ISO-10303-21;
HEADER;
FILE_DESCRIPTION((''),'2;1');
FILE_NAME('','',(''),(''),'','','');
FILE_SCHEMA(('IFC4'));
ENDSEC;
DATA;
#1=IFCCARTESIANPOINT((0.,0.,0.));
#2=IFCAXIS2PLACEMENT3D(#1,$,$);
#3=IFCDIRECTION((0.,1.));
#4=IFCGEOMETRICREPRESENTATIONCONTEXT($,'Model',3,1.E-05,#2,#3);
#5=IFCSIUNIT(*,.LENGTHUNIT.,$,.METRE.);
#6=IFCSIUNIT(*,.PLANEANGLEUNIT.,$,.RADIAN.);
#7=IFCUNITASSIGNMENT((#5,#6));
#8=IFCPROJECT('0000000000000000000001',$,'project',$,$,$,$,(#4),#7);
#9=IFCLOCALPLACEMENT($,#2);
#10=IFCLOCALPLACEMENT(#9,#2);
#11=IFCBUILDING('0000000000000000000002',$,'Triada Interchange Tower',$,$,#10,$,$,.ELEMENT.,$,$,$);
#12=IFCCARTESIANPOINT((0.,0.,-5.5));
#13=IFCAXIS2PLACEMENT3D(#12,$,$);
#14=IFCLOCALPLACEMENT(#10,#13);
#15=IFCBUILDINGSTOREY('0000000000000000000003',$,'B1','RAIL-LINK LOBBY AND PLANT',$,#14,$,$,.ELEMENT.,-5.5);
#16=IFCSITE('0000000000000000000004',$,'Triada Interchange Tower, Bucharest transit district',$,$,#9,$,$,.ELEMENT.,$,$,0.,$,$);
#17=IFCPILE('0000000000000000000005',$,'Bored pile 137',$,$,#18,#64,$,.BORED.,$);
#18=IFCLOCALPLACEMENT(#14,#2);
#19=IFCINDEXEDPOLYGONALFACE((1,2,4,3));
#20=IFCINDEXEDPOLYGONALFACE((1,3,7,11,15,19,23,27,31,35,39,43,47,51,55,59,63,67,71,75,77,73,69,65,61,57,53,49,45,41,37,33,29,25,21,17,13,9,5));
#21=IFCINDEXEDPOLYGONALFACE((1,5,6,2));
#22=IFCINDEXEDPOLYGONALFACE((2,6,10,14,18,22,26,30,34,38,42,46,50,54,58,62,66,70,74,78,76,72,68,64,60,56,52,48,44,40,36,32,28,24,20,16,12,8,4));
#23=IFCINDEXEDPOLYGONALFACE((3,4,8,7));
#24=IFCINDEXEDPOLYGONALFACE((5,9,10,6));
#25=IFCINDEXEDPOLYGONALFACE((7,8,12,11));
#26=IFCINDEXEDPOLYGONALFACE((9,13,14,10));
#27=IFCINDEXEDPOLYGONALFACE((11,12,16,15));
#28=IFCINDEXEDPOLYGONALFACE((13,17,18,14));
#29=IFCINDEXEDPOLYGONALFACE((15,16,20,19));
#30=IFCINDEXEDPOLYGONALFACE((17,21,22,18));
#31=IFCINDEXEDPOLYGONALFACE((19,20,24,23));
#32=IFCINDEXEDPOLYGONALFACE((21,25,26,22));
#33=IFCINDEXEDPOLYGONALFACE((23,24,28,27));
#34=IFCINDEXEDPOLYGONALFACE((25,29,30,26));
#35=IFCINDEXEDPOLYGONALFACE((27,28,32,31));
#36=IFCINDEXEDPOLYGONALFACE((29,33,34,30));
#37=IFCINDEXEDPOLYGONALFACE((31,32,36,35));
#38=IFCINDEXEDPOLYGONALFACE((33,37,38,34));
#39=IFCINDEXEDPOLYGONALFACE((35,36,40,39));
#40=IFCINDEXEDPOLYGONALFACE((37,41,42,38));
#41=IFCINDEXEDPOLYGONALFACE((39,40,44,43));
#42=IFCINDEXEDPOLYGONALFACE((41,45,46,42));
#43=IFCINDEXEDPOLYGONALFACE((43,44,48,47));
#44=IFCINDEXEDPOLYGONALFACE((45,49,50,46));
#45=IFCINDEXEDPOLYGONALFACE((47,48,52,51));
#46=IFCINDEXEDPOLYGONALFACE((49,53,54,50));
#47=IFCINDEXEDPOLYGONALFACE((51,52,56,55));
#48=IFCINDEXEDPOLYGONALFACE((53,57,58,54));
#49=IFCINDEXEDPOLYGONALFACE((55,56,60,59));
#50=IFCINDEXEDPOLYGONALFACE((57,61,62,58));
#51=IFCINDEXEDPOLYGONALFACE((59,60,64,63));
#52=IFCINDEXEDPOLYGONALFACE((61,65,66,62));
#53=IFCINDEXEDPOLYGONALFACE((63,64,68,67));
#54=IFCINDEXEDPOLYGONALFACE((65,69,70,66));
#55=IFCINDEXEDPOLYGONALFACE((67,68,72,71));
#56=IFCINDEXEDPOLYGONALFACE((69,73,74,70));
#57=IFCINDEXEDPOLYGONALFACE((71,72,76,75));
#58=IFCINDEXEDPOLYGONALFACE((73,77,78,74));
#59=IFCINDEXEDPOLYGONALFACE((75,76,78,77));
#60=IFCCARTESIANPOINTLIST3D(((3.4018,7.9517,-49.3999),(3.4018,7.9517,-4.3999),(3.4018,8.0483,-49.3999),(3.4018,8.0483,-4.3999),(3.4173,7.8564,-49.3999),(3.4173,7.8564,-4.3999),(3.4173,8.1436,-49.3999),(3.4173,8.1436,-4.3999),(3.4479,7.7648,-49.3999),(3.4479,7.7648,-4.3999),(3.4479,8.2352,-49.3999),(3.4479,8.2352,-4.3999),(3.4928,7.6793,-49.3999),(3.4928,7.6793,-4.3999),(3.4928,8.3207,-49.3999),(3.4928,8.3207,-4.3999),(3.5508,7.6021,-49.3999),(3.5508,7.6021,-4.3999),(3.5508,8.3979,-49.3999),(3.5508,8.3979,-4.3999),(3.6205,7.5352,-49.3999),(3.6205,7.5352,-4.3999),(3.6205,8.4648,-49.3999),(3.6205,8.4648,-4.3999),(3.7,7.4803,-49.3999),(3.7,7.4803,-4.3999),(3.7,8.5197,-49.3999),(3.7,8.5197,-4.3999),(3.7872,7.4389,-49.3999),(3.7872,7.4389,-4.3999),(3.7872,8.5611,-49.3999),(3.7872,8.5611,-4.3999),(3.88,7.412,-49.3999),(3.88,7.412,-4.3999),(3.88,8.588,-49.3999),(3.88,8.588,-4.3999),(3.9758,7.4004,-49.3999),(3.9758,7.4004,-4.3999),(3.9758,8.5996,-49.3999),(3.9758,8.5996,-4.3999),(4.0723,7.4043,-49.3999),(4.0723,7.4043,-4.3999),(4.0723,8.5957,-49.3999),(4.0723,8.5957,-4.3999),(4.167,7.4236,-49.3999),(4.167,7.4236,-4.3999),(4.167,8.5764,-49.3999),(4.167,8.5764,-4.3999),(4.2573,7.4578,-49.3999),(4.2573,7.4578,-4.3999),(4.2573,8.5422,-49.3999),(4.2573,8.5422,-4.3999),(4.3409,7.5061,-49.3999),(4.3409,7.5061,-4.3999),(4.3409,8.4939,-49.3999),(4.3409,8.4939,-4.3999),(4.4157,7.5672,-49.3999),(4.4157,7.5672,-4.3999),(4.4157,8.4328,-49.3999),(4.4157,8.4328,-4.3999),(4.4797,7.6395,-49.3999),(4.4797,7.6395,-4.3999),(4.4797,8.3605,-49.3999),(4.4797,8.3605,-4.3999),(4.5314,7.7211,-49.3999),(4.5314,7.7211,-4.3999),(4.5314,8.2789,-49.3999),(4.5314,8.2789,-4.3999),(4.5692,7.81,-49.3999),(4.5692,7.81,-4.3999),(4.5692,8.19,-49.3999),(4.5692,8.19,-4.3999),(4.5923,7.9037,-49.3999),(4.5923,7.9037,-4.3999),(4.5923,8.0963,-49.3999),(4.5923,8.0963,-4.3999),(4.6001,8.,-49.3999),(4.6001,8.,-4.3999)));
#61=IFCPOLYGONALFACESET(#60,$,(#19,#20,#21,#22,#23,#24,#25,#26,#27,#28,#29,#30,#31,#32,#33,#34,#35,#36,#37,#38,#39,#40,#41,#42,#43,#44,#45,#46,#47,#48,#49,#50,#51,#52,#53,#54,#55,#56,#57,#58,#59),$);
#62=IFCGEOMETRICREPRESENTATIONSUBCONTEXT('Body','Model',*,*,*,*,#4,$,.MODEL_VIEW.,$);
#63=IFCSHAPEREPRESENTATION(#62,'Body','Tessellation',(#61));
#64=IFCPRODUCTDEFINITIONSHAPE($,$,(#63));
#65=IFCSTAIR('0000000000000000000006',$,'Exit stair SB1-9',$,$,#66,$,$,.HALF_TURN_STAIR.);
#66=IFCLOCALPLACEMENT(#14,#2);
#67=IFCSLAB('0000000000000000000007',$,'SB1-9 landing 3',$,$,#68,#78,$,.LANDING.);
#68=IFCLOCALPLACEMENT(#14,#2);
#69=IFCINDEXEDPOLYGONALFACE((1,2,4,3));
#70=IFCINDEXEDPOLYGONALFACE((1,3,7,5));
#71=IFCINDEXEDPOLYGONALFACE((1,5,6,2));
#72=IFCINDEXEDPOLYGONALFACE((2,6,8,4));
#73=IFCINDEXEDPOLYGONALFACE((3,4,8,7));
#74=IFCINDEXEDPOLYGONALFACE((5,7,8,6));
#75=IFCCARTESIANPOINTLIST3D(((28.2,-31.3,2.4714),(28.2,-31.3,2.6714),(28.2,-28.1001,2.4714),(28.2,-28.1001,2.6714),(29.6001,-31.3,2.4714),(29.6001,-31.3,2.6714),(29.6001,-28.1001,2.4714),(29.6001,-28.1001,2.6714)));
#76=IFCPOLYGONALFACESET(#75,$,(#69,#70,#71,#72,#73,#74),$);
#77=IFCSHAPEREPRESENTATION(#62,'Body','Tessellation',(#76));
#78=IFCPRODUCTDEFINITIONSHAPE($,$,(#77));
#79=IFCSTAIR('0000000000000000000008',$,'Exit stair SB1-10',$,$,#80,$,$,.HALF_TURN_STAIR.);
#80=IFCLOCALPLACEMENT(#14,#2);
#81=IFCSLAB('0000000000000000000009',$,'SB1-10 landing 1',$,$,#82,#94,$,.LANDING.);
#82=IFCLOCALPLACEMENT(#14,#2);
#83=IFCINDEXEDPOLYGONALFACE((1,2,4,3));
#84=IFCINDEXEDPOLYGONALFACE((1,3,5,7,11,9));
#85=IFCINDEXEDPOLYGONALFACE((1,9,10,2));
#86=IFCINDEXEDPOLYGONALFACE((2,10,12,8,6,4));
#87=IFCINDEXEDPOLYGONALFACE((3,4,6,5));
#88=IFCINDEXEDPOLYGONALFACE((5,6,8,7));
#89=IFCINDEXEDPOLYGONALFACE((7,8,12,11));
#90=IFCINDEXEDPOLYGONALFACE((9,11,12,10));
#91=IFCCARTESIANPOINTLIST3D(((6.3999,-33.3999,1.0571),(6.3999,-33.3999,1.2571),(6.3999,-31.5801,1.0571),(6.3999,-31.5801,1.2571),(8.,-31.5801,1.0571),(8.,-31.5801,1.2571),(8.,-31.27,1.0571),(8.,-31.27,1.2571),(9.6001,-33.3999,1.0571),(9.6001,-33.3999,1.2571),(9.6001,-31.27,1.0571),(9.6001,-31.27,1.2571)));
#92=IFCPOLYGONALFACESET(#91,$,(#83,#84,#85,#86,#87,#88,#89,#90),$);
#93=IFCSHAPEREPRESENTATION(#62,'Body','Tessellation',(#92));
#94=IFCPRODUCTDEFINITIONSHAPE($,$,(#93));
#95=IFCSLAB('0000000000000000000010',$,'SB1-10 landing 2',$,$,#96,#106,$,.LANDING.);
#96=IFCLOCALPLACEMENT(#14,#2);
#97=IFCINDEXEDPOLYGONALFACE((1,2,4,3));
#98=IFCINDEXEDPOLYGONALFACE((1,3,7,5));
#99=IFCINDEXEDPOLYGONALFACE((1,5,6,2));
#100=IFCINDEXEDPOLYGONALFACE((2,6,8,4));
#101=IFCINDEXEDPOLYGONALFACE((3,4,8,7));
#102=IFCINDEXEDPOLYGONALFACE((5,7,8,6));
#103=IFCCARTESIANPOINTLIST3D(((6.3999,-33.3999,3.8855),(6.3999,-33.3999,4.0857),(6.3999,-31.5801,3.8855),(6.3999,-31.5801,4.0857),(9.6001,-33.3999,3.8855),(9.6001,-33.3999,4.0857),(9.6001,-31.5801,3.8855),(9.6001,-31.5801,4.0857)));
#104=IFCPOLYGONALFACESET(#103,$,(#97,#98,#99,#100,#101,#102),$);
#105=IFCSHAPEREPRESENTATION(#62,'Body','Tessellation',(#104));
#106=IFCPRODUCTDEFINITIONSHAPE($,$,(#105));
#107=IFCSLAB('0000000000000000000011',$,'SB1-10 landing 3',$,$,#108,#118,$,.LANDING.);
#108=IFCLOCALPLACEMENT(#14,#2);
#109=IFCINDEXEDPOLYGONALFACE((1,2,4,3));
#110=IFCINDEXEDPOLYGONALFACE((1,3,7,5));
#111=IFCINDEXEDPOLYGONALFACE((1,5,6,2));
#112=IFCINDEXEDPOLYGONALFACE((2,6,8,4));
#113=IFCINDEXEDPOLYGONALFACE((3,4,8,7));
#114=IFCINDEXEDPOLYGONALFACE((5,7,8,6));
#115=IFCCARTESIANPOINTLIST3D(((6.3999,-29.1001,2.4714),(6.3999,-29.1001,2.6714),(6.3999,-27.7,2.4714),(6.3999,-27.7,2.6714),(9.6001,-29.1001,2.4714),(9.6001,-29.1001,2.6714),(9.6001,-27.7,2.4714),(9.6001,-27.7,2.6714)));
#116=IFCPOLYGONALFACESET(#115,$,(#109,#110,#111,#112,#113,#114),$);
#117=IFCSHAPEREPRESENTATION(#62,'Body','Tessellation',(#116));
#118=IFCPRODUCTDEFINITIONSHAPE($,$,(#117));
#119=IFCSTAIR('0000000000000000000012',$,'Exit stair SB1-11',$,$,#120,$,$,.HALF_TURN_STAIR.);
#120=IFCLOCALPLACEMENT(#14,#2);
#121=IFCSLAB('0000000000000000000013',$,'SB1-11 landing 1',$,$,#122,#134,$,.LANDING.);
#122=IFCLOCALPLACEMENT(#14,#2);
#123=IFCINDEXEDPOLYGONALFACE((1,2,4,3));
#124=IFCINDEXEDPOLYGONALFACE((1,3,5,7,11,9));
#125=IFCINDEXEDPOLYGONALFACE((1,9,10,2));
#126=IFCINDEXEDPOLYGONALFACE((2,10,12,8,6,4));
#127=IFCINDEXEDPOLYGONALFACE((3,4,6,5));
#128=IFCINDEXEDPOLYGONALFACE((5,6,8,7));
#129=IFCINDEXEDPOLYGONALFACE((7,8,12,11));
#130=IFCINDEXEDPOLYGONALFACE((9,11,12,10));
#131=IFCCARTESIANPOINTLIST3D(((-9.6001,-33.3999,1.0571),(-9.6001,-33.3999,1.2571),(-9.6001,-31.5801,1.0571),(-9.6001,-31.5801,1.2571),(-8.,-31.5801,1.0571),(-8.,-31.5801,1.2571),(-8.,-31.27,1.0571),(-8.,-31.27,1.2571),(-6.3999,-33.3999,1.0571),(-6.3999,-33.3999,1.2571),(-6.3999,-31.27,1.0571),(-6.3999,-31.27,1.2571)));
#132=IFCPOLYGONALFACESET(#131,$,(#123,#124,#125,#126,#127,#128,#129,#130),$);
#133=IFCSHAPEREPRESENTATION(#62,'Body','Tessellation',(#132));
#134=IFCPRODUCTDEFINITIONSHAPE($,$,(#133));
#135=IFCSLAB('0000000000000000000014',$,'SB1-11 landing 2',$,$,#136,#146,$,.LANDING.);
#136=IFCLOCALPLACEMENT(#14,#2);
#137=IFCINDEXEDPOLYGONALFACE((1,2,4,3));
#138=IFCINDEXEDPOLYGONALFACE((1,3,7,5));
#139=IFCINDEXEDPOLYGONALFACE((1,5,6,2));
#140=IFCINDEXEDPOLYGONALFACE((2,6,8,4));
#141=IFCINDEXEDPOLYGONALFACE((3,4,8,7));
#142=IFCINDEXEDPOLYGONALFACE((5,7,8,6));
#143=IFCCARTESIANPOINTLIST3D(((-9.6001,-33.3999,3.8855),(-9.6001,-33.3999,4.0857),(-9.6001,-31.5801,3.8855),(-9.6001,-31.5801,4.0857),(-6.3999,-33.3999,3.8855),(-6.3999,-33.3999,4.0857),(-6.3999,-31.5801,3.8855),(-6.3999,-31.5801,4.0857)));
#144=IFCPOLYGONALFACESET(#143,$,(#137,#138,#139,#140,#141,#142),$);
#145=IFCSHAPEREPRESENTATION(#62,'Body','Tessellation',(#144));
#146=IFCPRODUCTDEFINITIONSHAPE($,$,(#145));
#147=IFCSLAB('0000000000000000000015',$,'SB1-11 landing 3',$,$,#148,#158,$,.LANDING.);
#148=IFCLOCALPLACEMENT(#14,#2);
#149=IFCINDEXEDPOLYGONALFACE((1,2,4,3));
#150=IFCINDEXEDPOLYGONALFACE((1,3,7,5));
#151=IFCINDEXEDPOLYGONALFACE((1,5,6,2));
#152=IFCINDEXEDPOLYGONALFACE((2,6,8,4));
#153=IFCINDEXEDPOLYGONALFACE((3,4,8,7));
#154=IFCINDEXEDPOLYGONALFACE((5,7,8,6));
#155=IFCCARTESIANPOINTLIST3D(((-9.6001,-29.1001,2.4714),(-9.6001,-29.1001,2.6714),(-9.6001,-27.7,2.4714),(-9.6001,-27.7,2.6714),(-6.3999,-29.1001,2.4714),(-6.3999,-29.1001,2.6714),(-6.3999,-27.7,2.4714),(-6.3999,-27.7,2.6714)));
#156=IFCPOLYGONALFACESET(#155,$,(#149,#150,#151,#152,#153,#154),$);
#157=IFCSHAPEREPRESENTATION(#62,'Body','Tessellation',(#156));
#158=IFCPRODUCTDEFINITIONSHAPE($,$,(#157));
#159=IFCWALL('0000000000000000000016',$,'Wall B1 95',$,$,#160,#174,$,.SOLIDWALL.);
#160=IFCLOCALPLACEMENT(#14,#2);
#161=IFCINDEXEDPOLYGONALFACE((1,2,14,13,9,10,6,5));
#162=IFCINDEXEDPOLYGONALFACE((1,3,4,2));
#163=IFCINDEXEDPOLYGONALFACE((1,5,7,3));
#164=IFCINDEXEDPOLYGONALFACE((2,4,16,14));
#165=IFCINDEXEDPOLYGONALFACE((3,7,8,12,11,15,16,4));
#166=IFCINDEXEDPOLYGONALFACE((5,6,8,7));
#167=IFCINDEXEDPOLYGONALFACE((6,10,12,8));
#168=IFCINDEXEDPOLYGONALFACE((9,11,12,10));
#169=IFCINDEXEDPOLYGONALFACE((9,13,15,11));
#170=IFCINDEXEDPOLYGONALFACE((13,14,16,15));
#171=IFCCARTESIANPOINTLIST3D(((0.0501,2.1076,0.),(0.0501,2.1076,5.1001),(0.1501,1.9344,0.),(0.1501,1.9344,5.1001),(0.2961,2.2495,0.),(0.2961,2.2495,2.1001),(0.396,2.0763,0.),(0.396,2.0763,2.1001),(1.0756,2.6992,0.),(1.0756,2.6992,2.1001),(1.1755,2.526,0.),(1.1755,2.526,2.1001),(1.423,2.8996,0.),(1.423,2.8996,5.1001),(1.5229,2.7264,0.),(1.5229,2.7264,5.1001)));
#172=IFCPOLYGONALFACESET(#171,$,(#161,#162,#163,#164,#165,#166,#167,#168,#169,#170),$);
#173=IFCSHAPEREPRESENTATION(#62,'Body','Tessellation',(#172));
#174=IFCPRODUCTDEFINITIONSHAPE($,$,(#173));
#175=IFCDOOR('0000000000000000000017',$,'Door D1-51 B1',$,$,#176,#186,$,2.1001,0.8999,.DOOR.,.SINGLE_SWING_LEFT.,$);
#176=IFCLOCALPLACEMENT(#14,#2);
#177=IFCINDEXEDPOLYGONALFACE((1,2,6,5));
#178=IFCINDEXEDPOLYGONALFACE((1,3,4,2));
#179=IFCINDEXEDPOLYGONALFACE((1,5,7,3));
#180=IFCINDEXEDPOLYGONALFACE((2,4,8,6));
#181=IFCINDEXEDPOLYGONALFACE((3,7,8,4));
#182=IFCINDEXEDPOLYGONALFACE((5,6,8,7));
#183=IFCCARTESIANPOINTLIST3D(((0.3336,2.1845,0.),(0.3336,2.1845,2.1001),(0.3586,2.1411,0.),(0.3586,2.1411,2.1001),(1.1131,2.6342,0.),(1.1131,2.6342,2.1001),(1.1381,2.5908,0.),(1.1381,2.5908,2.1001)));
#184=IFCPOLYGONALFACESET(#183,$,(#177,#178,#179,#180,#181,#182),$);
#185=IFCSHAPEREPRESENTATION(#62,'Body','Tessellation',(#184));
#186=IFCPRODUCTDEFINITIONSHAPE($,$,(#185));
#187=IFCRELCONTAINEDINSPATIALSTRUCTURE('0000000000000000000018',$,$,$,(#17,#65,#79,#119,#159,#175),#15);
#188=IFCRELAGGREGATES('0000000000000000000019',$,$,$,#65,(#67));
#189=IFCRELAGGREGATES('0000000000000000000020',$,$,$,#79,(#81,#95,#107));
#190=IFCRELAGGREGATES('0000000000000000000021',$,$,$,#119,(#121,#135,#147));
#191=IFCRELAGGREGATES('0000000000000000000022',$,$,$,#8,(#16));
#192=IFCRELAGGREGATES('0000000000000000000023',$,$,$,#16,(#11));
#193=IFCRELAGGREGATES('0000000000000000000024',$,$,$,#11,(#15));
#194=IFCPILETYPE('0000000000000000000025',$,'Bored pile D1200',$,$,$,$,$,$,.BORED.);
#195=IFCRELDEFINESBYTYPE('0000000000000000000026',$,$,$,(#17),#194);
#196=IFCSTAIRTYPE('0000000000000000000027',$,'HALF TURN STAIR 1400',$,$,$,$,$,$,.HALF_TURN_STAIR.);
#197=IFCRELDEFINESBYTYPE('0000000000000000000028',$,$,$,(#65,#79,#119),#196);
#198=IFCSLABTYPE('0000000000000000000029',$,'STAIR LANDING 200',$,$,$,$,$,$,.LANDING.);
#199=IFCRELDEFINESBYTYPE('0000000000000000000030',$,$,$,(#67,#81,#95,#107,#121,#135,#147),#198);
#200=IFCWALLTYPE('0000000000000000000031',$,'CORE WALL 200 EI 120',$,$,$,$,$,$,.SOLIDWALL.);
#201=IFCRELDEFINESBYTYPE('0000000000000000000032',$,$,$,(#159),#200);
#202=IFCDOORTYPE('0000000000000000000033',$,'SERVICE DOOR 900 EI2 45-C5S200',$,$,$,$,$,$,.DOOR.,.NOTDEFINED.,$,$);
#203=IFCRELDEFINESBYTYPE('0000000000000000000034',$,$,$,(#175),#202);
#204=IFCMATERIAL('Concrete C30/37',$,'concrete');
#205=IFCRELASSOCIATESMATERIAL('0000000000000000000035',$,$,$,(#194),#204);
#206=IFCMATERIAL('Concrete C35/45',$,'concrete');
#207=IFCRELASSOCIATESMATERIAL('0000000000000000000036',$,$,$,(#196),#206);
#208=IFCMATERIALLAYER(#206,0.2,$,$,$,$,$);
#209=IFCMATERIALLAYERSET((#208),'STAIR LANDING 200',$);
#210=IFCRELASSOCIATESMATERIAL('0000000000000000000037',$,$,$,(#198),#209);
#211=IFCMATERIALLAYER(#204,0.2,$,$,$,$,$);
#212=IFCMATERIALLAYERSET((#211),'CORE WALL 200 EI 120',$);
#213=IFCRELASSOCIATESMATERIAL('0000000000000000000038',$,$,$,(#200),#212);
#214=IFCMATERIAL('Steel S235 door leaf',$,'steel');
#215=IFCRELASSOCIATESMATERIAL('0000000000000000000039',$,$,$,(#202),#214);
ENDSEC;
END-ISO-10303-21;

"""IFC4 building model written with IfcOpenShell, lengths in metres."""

from ifc_helpers import new_model, si_unit, direction, frame, frame_2d, origin, origin_2d, place, context, subcontext, project, spatial, polyline, rectangle, circle, outline, extrude, material, layer, layer_set, material_profile, profile_set, type_object, element, fill, aggregate, save


model = new_model("IFC4")

# Units and contexts
model_context = context("Model", 3, precision=1e-05, world=origin(), true_north=direction((0.0, 1.0)))
body_context = subcontext(model_context, "Body", "Model", "MODEL_VIEW")
ifc_project = project(units=[si_unit("LENGTHUNIT", "METRE"), si_unit("PLANEANGLEUNIT", "RADIAN")], contexts=[model_context])

# Site, building, storey
site_placement = place(None, origin())
site = spatial("IfcSite", under=ifc_project, at=site_placement, Name="Triada Interchange Tower, Bucharest transit district", CompositionType="ELEMENT", RefElevation=0.0)
building_placement = place(site_placement, origin())
building = spatial("IfcBuilding", under=site, at=building_placement, Name="Triada Interchange Tower", CompositionType="ELEMENT")
storey_placement = place(building_placement, frame((0.0, 0.0, -5.5)))
storey = spatial("IfcBuildingStorey", under=building, at=storey_placement, Name="B1", Description="RAIL-LINK LOBBY AND PLANT", CompositionType="ELEMENT", Elevation=-5.5)

# Pile
ifc_material_1 = material(Name="Concrete C30/37", Category="concrete")
ifc_material_profile = material_profile(ifc_material_1, circle(Radius=0.6001, at=origin_2d()), Name="RC D1200")
ifc_profile_set = profile_set([ifc_material_profile], Name="Concrete C30/37")
pile_type = type_object("IfcPileType", Name="Bored pile D1200", PredefinedType="BORED", material=ifc_profile_set)
for number, where, z_axis, x_axis, name in (
    (1, (4.0, 8.0, -4.3999), (0.0, 0.0, -1.0), (1.0, 0.0, 0.0), "Bored pile 137"),
):
    element("IfcPile", number, at=place(storey_placement, frame(where, z_axis=z_axis, x_axis=x_axis)), inside=storey, type_object=pile_type, Name=name, PredefinedType="BORED", context=body_context, shape_type="SweptSolid", body=[
        extrude(circle(Radius=0.6001, at=origin_2d()), origin(), (0.0, 0.0, 1.0), 45.0),
    ])

# Stair, slab
ifc_material_2 = material(Name="Concrete C35/45", Category="concrete")
stair_type = type_object("IfcStairType", Name="HALF TURN STAIR 1400", PredefinedType="HALF_TURN_STAIR", material=ifc_material_2)
stair_1_placement = place(storey_placement, origin())
stair_1 = element("IfcStair", 2, at=stair_1_placement, inside=storey, type_object=stair_type, Name="Exit stair SB1-9", PredefinedType="HALF_TURN_STAIR")
ifc_layer_1 = layer(ifc_material_2, 0.2)
ifc_layer_set_1 = layer_set([ifc_layer_1], Name="STAIR LANDING 200")
slab_type = type_object("IfcSlabType", Name="STAIR LANDING 200", PredefinedType="LANDING", material=ifc_layer_set_1)
slab_1_placement = place(storey_placement, frame((0.0, 0.0, 2.4714)))
slab_1 = element("IfcSlab", 3, at=slab_1_placement, type_object=slab_type, Name="SB1-9 landing 3", PredefinedType="LANDING", context=body_context, shape_type="SweptSolid", body=[
    extrude(outline(polyline([(29.6001, -28.1001), (28.2, -28.1001), (28.2, -31.3), (29.6001, -31.3), (29.6001, -28.1001)])), origin(), (0.0, 0.0, 1.0), 0.2),
])
aggregate(stair_1, [slab_1])

# Stairs, slabs
stair_2_placement = place(storey_placement, origin())
stair_2 = element("IfcStair", 4, at=stair_2_placement, inside=storey, type_object=stair_type, Name="Exit stair SB1-10", PredefinedType="HALF_TURN_STAIR")
slab_2_placement = place(storey_placement, frame((0.0, 0.0, 1.0571)))
slab_2 = element("IfcSlab", 5, at=slab_2_placement, type_object=slab_type, Name="SB1-10 landing 1", PredefinedType="LANDING", context=body_context, shape_type="SweptSolid", body=[
    extrude(outline(polyline([(9.6001, -33.3999), (9.6001, -31.27), (8.0, -31.27), (8.0, -31.5801), (6.3999, -31.5801), (6.3999, -33.3999), (9.6001, -33.3999)])), origin(), (0.0, 0.0, 1.0), 0.2),
])
slab_3_placement = place(storey_placement, frame((0.0, 0.0, 3.8855)))
slab_3 = element("IfcSlab", 6, at=slab_3_placement, type_object=slab_type, Name="SB1-10 landing 2", PredefinedType="LANDING", context=body_context, shape_type="SweptSolid", body=[
    extrude(outline(polyline([(9.6001, -33.3999), (9.6001, -31.5801), (6.3999, -31.5801), (6.3999, -33.3999), (9.6001, -33.3999)])), origin(), (0.0, 0.0, 1.0), 0.2002),
])
slab_4_placement = place(storey_placement, frame((0.0, 0.0, 2.4714)))
slab_4 = element("IfcSlab", 7, at=slab_4_placement, type_object=slab_type, Name="SB1-10 landing 3", PredefinedType="LANDING", context=body_context, shape_type="SweptSolid", body=[
    extrude(outline(polyline([(9.6001, -29.1001), (9.6001, -27.7), (6.3999, -27.7), (6.3999, -29.1001), (9.6001, -29.1001)])), origin(), (0.0, 0.0, 1.0), 0.2),
])
aggregate(stair_2, [slab_2, slab_3, slab_4])
stair_3_placement = place(storey_placement, origin())
stair_3 = element("IfcStair", 8, at=stair_3_placement, inside=storey, type_object=stair_type, Name="Exit stair SB1-11", PredefinedType="HALF_TURN_STAIR")
slab_5_placement = place(storey_placement, frame((0.0, 0.0, 1.0571)))
slab_5 = element("IfcSlab", 9, at=slab_5_placement, type_object=slab_type, Name="SB1-11 landing 1", PredefinedType="LANDING", context=body_context, shape_type="SweptSolid", body=[
    extrude(outline(polyline([(-6.3999, -33.3999), (-6.3999, -31.27), (-8.0, -31.27), (-8.0, -31.5801), (-9.6001, -31.5801), (-9.6001, -33.3999), (-6.3999, -33.3999)])), origin(), (0.0, 0.0, 1.0), 0.2),
])
slab_6_placement = place(storey_placement, frame((0.0, 0.0, 3.8855)))
slab_6 = element("IfcSlab", 10, at=slab_6_placement, type_object=slab_type, Name="SB1-11 landing 2", PredefinedType="LANDING", context=body_context, shape_type="SweptSolid", body=[
    extrude(outline(polyline([(-6.3999, -33.3999), (-6.3999, -31.5801), (-9.6001, -31.5801), (-9.6001, -33.3999), (-6.3999, -33.3999)])), origin(), (0.0, 0.0, 1.0), 0.2002),
])
slab_7_placement = place(storey_placement, frame((0.0, 0.0, 2.4714)))
slab_7 = element("IfcSlab", 11, at=slab_7_placement, type_object=slab_type, Name="SB1-11 landing 3", PredefinedType="LANDING", context=body_context, shape_type="SweptSolid", body=[
    extrude(outline(polyline([(-6.3999, -29.1001), (-6.3999, -27.7), (-9.6001, -27.7), (-9.6001, -29.1001), (-6.3999, -29.1001)])), origin(), (0.0, 0.0, 1.0), 0.2),
])
aggregate(stair_3, [slab_5, slab_6, slab_7])

# Wall, opening, door
ifc_layer_2 = layer(ifc_material_1, 0.2)
ifc_layer_set_2 = layer_set([ifc_layer_2], Name="CORE WALL 200 EI 120")
wall_type_1 = type_object("IfcWallType", Name="CORE WALL 200 EI 120", PredefinedType="SOLIDWALL", material=ifc_layer_set_2)
wall_1_placement = place(storey_placement, frame((0.1001, 2.021, 0.0), z_axis=(0.0, 0.0, 1.0), x_axis=(0.866188, 0.499718, 0.0)))
wall_1 = element("IfcWall", 12, at=wall_1_placement, inside=storey, type_object=wall_type_1, Name="Wall B1 95", PredefinedType="SOLIDWALL", context=body_context, shape_type="SweptSolid", body=[
    extrude(rectangle(XDim=1.585, YDim=0.2, at=frame_2d((0.7925, 0.0))), origin(), (0.0, 0.0, 1.0), 5.1001),
])
opening_placement = place(wall_1_placement, frame((0.2839, 0.0, 0.0)))
opening = element("IfcOpeningElement", 13, at=opening_placement, cuts=wall_1, PredefinedType="OPENING", context=body_context, shape_type="SweptSolid", body=[
    extrude(rectangle(XDim=0.8999, YDim=2.1001, at=frame_2d((0.45, 1.05))), frame((0.0, 0.1099, 0.0), z_axis=(0.0, -1.0, 0.0), x_axis=(1.0, 0.0, 0.0)), (0.0, 0.0, 1.0), 0.22),
])
ifc_material_3 = material(Name="Steel S235 door leaf", Category="steel")
door_type = type_object("IfcDoorType", Name="SERVICE DOOR 900 EI2 45-C5S200", OperationType="NOTDEFINED", PredefinedType="DOOR", material=ifc_material_3)
door_placement = place(opening_placement, origin())
door = element("IfcDoor", 14, at=door_placement, inside=storey, type_object=door_type, Name="Door D1-51 B1", OperationType="SINGLE_SWING_LEFT", OverallHeight=2.1001, OverallWidth=0.8999, PredefinedType="DOOR", context=body_context, shape_type="SweptSolid", body=[
    extrude(rectangle(XDim=0.8999, YDim=2.1001, at=frame_2d((0.45, 1.05))), frame((0.0, 0.0249, 0.0), z_axis=(0.0, -1.0, 0.0), x_axis=(1.0, 0.0, 0.0)), (0.0, 0.0, 1.0), 0.05),
])
fill(opening, door)

save(model, "model.ifc")
